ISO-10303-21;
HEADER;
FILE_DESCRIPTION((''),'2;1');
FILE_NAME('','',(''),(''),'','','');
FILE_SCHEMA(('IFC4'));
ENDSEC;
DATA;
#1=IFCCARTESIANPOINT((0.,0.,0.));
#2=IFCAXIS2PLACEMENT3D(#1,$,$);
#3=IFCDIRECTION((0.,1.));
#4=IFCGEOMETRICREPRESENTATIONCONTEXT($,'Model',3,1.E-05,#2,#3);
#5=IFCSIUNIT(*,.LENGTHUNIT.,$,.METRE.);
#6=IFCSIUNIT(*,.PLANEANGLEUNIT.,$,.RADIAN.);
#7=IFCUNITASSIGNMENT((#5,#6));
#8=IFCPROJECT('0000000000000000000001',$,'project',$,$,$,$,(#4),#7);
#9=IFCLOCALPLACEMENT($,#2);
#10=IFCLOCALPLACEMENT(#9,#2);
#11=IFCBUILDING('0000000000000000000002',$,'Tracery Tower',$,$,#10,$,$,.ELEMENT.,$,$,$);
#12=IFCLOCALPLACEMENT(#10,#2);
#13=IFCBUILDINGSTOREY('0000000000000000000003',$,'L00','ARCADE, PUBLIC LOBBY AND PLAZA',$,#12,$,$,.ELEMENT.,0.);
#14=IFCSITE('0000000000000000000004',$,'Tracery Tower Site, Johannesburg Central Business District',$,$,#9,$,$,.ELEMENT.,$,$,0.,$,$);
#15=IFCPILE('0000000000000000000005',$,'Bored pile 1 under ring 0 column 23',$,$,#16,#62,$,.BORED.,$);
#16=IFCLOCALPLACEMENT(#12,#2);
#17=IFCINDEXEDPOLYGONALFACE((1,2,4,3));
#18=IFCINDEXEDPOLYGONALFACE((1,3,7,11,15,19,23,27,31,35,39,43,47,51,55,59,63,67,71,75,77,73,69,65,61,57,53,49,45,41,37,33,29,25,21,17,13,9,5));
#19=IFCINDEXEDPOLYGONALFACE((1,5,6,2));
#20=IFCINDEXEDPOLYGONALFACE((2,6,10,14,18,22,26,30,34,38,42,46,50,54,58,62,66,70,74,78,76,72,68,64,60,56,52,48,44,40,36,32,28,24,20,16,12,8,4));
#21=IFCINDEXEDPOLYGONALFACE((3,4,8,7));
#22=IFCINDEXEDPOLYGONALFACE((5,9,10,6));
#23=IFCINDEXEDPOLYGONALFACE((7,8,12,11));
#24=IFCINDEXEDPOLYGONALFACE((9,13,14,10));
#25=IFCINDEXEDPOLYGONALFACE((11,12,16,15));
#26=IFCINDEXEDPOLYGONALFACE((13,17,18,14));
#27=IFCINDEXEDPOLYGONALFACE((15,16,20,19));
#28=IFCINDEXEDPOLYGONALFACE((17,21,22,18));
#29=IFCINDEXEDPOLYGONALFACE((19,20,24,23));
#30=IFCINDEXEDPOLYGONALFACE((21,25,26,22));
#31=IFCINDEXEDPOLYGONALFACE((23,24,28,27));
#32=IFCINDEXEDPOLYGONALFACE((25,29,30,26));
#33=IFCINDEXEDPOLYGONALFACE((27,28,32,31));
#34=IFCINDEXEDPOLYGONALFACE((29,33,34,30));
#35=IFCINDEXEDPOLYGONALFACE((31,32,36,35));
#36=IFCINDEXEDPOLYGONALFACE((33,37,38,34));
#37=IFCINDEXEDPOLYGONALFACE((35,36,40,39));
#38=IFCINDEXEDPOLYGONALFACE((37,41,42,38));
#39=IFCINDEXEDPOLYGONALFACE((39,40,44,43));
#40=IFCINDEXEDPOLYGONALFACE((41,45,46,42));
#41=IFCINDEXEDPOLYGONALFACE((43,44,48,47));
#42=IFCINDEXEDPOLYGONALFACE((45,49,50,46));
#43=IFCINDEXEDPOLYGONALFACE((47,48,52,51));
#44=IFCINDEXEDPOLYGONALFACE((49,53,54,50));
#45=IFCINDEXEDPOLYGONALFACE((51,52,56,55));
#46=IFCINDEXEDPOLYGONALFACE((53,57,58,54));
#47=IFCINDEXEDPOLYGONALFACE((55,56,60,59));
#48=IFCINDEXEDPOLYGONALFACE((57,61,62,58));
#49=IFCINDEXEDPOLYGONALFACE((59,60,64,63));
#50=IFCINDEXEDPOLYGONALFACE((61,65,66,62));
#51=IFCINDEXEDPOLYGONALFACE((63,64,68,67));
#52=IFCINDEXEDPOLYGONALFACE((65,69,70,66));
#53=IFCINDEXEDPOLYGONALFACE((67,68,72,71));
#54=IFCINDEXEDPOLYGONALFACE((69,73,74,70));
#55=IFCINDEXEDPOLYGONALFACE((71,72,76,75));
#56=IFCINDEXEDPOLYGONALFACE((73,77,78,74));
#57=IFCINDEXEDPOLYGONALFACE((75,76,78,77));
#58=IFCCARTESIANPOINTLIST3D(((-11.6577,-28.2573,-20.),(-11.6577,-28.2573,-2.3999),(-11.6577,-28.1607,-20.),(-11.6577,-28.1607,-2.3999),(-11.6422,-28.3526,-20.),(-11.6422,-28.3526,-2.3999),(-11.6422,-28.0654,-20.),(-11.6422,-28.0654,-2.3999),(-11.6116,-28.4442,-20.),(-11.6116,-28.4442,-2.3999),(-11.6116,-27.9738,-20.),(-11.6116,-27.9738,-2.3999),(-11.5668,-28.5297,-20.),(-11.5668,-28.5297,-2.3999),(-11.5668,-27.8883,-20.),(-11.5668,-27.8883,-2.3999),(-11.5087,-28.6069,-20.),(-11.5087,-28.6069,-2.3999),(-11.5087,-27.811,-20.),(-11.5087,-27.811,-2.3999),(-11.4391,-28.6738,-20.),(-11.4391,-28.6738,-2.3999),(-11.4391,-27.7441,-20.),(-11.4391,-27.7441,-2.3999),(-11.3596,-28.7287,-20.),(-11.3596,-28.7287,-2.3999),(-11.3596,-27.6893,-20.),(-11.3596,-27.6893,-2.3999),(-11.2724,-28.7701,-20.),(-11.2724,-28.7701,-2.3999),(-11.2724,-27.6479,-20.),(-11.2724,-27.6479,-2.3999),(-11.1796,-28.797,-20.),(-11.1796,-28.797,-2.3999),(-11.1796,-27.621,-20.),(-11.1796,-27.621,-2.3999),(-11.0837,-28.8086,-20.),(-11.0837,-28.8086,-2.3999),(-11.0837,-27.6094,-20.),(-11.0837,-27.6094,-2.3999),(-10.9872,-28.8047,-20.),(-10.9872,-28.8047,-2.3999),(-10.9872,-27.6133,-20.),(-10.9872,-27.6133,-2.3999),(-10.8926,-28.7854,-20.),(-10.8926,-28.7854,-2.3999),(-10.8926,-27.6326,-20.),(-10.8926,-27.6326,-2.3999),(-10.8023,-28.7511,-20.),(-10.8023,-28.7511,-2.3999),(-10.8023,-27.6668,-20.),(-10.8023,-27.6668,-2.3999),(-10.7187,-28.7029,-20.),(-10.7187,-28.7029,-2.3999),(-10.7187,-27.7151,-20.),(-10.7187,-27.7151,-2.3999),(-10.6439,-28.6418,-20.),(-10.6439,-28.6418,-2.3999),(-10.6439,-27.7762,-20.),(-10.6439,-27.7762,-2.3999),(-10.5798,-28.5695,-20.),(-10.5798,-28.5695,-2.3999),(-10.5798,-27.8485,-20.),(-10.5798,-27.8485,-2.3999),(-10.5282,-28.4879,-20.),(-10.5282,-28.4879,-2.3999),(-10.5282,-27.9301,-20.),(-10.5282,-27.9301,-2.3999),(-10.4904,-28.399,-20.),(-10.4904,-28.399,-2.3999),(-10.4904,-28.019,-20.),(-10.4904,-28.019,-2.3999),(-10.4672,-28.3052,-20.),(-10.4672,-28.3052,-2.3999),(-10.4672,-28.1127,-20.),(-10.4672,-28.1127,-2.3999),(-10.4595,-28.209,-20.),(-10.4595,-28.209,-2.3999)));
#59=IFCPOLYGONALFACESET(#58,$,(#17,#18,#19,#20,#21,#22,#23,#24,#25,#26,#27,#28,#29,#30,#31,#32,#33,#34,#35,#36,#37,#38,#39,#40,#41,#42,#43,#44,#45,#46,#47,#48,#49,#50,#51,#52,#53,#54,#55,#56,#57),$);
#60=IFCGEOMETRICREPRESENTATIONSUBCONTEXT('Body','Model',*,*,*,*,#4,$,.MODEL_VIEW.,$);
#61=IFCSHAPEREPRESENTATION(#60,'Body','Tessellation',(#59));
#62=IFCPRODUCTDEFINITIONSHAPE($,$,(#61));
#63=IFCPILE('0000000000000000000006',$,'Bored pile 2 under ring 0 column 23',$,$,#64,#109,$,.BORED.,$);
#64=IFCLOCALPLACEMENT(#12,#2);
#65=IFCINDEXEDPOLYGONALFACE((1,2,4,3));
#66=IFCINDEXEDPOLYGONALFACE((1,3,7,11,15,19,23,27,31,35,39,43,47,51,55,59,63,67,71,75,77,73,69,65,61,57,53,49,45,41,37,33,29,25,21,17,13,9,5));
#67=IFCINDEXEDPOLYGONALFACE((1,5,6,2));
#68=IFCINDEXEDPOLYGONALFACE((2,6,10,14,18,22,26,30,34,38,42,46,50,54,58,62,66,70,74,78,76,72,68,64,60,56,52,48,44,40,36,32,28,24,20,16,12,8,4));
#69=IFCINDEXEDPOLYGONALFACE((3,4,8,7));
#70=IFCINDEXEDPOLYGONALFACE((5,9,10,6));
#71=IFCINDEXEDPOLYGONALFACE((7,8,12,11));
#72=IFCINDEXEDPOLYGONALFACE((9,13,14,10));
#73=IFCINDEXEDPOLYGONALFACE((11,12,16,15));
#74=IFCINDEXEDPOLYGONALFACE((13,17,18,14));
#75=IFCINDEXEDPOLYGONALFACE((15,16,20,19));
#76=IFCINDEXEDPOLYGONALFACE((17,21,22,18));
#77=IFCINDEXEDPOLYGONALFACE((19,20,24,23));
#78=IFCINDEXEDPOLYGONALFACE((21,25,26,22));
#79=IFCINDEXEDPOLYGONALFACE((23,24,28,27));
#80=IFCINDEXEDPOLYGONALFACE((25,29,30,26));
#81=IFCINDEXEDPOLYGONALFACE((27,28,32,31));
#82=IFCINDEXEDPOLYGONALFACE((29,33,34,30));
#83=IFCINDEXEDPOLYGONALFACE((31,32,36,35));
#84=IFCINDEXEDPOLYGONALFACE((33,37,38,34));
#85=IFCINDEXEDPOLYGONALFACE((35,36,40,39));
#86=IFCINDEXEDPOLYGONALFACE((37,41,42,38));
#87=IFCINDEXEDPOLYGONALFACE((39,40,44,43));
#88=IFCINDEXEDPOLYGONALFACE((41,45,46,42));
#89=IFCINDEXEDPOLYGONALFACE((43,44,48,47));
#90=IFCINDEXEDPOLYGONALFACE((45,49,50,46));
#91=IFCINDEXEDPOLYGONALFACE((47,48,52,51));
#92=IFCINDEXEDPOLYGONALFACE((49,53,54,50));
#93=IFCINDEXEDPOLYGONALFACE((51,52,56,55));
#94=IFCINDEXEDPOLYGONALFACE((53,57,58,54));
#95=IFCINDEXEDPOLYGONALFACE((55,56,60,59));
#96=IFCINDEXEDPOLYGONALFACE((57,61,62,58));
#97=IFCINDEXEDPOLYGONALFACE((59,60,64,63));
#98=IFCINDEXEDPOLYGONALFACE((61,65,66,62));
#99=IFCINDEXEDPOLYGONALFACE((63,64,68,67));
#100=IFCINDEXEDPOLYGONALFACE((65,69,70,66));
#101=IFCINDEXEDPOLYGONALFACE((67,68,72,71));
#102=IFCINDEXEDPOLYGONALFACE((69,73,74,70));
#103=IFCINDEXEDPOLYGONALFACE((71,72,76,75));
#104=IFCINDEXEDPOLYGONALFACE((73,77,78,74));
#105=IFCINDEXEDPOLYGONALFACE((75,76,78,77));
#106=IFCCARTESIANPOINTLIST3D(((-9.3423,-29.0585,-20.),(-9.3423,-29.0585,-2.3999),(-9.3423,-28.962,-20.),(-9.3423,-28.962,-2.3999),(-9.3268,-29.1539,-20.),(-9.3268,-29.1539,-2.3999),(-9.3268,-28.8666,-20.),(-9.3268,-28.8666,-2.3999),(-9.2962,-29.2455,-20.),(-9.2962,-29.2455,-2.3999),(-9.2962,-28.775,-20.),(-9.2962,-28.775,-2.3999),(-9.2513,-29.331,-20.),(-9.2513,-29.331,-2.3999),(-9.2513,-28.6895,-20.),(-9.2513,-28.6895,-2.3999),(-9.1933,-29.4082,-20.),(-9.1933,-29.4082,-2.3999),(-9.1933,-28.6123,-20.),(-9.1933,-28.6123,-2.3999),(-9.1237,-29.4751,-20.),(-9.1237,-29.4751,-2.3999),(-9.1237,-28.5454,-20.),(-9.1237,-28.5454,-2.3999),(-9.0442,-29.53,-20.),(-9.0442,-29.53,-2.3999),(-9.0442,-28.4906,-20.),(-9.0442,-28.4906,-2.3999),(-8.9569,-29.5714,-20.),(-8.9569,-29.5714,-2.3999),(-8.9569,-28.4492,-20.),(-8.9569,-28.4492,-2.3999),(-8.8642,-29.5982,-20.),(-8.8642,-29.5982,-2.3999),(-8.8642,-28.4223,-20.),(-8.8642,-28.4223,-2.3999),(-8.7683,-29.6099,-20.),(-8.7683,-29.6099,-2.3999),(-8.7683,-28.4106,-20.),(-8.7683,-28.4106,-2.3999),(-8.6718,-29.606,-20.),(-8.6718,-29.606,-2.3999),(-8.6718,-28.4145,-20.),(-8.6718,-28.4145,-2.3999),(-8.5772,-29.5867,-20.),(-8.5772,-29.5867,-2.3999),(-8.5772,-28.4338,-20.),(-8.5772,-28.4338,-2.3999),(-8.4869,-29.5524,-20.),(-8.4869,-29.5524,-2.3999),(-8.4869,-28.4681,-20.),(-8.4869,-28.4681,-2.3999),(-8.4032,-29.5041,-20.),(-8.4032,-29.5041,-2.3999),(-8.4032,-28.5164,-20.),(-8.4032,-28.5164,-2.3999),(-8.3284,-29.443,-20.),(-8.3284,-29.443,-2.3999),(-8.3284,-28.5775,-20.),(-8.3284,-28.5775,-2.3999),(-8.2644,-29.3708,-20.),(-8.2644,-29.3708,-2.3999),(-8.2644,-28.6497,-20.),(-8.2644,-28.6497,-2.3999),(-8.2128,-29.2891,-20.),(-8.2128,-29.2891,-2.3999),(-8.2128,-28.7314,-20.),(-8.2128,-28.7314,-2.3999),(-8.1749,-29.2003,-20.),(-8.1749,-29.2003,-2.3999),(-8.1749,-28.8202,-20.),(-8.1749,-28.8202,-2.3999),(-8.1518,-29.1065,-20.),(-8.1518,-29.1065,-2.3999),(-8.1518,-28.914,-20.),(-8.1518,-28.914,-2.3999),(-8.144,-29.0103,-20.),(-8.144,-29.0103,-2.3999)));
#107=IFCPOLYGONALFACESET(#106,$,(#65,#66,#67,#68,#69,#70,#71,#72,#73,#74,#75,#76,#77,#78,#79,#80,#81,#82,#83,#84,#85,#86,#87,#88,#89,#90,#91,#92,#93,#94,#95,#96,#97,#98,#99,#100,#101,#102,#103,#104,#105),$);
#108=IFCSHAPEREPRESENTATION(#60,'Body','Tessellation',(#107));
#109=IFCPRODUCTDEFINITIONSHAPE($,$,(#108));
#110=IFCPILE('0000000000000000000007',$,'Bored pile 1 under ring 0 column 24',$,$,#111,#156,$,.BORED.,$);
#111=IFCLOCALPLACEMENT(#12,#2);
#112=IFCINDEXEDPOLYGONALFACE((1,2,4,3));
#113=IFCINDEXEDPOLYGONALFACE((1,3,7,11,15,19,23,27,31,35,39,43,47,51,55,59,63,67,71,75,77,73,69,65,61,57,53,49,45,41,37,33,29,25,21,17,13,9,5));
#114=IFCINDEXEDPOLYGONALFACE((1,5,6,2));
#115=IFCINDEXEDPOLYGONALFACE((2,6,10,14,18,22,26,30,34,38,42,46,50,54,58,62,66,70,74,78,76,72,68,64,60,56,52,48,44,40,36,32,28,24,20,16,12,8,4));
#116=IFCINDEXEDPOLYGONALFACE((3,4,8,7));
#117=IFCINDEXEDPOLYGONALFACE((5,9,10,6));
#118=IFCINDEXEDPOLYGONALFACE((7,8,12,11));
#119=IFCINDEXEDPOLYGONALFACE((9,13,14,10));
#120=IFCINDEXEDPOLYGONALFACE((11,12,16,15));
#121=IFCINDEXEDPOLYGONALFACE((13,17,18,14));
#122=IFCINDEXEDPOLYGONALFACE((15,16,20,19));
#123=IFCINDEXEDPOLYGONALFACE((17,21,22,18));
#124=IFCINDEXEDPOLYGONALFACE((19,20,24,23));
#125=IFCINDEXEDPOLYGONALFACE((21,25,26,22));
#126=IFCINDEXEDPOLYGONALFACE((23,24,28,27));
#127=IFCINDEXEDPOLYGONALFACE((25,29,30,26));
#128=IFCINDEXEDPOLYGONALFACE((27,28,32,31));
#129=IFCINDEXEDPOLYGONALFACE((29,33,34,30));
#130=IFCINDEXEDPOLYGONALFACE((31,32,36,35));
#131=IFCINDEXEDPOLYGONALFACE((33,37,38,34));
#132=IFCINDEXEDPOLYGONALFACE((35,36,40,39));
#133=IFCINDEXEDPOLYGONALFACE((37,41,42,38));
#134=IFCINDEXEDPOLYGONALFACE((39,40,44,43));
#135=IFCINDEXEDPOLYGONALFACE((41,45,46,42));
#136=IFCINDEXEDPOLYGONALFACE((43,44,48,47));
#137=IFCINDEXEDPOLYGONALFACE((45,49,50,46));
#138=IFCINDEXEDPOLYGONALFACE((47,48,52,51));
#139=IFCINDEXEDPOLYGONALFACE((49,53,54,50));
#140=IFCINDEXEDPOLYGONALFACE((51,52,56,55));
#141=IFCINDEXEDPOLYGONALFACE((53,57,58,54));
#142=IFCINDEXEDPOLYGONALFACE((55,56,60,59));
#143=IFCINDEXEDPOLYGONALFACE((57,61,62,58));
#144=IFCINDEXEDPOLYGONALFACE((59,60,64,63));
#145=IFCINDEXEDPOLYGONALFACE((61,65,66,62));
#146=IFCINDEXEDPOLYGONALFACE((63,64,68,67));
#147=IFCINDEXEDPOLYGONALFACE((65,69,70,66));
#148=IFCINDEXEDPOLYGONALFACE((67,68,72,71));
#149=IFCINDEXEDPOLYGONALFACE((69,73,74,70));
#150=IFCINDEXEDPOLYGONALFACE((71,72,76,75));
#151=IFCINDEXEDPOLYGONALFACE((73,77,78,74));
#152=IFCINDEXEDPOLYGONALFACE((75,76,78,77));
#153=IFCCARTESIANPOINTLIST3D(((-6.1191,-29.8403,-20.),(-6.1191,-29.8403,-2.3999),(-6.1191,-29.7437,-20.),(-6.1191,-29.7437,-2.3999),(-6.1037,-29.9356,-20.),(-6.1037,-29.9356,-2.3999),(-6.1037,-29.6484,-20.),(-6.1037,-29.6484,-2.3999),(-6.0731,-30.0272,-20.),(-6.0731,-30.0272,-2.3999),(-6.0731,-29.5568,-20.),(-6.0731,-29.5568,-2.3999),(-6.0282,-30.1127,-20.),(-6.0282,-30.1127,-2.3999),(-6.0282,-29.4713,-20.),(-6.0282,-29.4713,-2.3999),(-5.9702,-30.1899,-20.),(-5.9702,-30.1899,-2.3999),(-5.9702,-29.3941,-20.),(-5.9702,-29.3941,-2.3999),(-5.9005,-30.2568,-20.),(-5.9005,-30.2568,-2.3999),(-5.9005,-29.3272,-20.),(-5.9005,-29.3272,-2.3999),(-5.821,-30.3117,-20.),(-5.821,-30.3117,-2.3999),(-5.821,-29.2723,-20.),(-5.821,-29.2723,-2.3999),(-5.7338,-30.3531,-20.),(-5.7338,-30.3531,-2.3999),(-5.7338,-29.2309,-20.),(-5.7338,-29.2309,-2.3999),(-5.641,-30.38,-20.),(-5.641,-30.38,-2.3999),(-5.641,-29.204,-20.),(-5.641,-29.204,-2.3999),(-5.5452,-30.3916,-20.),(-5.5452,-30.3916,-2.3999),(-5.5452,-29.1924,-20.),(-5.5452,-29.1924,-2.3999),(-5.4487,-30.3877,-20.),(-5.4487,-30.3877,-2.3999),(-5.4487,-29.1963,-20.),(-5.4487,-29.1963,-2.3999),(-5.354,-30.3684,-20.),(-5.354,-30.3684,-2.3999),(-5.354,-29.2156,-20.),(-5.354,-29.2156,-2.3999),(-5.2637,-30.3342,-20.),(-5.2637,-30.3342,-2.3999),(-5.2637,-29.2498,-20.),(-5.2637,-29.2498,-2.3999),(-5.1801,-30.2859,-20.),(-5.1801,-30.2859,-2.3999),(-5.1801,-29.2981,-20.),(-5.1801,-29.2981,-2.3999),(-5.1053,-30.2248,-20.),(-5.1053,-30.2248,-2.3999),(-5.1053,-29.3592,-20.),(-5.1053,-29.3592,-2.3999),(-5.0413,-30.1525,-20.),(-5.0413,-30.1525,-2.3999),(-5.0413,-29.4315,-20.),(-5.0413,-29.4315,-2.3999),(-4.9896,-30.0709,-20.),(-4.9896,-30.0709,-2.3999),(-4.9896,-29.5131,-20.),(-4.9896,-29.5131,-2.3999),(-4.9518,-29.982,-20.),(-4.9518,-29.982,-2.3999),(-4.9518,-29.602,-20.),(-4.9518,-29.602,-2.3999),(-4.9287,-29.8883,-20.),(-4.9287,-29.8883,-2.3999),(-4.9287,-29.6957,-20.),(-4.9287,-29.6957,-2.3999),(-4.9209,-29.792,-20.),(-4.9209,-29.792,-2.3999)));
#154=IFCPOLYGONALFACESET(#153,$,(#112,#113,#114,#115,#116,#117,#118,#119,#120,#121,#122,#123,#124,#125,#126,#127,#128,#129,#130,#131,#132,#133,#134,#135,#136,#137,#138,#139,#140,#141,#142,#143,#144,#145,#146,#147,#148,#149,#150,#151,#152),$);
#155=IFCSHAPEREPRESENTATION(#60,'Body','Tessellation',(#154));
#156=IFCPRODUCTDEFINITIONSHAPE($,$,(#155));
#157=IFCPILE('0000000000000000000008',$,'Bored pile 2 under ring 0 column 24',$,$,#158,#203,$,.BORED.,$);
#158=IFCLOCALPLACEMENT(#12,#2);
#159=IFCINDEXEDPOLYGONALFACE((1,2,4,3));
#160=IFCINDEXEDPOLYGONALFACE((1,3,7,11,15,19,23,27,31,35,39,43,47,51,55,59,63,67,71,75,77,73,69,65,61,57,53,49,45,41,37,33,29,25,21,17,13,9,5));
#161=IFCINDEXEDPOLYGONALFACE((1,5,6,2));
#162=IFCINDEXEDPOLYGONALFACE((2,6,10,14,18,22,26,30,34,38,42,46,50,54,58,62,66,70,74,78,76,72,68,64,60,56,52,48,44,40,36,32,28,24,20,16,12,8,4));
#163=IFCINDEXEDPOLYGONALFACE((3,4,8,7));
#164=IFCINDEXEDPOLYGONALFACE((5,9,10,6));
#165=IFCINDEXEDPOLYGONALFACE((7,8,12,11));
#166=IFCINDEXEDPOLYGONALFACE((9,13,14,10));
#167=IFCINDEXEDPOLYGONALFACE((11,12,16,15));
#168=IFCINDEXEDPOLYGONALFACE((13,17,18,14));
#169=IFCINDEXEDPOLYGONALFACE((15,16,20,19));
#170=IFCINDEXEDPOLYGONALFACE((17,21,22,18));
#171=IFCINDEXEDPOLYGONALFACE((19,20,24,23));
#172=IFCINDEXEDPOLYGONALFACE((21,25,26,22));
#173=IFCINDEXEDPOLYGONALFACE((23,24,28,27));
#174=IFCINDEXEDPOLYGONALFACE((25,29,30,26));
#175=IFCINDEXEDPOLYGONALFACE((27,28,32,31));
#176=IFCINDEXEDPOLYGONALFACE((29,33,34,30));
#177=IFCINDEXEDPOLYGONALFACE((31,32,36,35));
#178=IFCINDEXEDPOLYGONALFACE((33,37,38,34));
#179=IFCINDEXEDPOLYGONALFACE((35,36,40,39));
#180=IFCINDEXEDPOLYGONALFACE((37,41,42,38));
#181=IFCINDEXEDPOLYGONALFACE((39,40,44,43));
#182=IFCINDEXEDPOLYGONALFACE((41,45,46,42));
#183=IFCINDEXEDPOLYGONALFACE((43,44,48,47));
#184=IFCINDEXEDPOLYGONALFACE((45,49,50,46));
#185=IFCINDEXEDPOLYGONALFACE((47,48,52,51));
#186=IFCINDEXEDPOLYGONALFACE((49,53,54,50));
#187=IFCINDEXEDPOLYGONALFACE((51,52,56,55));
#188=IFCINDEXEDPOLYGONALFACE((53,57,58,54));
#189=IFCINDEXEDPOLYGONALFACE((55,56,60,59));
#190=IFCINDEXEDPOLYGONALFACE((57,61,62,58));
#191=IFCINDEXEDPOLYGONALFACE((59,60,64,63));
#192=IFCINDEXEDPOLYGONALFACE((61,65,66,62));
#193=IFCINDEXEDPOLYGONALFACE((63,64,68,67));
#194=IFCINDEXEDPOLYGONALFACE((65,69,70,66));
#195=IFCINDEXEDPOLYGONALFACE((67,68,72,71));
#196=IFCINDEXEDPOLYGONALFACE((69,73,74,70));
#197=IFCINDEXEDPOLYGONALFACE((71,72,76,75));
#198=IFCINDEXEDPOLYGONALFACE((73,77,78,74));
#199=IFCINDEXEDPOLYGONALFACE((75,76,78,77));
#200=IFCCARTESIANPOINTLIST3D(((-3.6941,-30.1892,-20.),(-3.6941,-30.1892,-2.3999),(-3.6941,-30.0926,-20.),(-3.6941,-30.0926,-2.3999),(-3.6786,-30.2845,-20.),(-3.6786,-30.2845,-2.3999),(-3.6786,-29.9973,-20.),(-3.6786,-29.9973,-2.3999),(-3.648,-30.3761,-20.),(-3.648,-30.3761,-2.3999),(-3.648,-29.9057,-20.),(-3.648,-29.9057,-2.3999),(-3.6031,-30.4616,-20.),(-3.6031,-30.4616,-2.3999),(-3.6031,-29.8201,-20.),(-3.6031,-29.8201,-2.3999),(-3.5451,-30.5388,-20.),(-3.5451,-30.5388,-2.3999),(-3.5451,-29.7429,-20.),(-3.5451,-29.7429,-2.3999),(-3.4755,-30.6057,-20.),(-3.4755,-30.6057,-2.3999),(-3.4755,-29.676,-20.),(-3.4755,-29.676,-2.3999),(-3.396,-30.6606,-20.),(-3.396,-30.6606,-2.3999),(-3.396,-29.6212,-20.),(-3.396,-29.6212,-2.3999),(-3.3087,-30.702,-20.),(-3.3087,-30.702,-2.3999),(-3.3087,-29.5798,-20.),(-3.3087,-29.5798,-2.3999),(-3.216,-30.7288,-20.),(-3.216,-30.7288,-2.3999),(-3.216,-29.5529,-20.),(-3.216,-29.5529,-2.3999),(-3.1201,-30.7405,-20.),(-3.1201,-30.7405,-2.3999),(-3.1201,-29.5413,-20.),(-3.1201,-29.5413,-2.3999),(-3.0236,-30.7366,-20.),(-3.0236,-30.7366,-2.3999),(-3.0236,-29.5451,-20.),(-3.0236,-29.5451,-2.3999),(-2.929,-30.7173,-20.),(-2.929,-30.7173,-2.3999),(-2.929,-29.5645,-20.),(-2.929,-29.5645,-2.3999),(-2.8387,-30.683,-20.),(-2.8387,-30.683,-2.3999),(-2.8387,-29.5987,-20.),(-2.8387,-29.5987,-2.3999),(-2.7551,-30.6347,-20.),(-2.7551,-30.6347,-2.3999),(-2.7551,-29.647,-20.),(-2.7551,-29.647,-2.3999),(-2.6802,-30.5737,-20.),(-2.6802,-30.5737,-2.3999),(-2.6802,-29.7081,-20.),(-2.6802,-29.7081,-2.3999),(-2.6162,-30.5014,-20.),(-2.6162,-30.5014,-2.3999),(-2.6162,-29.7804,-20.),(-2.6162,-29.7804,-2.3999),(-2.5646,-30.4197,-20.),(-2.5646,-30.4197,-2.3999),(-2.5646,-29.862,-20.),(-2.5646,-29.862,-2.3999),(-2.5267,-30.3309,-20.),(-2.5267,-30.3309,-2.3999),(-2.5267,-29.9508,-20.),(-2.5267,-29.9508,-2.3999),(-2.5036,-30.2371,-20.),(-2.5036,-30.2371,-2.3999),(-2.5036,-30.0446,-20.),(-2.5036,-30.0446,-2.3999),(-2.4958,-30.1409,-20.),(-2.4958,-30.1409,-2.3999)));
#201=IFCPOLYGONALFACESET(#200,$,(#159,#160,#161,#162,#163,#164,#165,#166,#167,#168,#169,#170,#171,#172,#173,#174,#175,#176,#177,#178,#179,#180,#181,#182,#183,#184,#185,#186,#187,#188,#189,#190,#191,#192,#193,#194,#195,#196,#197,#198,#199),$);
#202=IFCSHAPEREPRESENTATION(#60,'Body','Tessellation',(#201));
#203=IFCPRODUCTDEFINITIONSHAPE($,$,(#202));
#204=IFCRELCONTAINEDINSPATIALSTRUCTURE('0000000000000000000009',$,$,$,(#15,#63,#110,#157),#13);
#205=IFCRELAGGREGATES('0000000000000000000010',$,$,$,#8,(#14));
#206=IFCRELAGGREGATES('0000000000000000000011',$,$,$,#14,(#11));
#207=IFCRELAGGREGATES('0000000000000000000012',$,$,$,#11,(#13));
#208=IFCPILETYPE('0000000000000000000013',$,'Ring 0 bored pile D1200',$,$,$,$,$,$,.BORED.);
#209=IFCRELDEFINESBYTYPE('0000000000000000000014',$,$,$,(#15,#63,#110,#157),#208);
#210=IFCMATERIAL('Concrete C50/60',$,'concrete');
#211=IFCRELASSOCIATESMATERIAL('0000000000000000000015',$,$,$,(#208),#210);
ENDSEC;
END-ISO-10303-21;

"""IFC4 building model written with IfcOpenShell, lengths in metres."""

from ifc_helpers import new_model, si_unit, direction, frame, origin, origin_2d, place, context, subcontext, project, spatial, circle, extrude, material, material_profile, profile_set, type_object, element, save


model = new_model("IFC4")

# Units and contexts
model_context = context("Model", 3, precision=1e-05, world=origin(), true_north=direction((0.0, 1.0)))
body_context = subcontext(model_context, "Body", "Model", "MODEL_VIEW")
ifc_project = project(units=[si_unit("LENGTHUNIT", "METRE"), si_unit("PLANEANGLEUNIT", "RADIAN")], contexts=[model_context])

# Site, building, storey
site_placement = place(None, origin())
site = spatial("IfcSite", under=ifc_project, at=site_placement, Name="Tracery Tower Site, Johannesburg Central Business District", CompositionType="ELEMENT", RefElevation=0.0)
building_placement = place(site_placement, origin())
building = spatial("IfcBuilding", under=site, at=building_placement, Name="Tracery Tower", CompositionType="ELEMENT")
storey_placement = place(building_placement, origin())
storey = spatial("IfcBuildingStorey", under=building, at=storey_placement, Name="L00", Description="ARCADE, PUBLIC LOBBY AND PLAZA", CompositionType="ELEMENT", Elevation=0.0)

# Piles
ifc_material_1 = material(Name="Concrete C50/60", Category="concrete")
ifc_material_profile_1 = material_profile(ifc_material_1, circle(Radius=0.6001, at=origin_2d()), Name="RC D1200")
ifc_profile_set_1 = profile_set([ifc_material_profile_1], Name="Concrete C50/60")
pile_type_1 = type_object("IfcPileType", Name="Ring 0 bored pile D1200", PredefinedType="BORED", material=ifc_profile_set_1)
for number, where, z_axis, x_axis, name in (
    (1, (-11.0596, -28.209, -2.3999), (0.0, 0.0, -1.0), (1.0, 0.0, 0.0), "Bored pile 1 under ring 0 column 23"),
    (2, (-8.7441, -29.0103, -2.3999), (0.0, 0.0, -1.0), (1.0, 0.0, 0.0), "Bored pile 2 under ring 0 column 23"),
    (3, (-5.521, -29.792, -2.3999), (0.0, 0.0, -1.0), (1.0, 0.0, 0.0), "Bored pile 1 under ring 0 column 24"),
    (4, (-3.0959, -30.1409, -2.3999), (0.0, 0.0, -1.0), (1.0, 0.0, 0.0), "Bored pile 2 under ring 0 column 24"),
):
    element("IfcPile", number, at=place(storey_placement, frame(where, z_axis=z_axis, x_axis=x_axis)), inside=storey, type_object=pile_type_1, Name=name, PredefinedType="BORED", context=body_context, shape_type="SweptSolid", body=[
        extrude(circle(Radius=0.6001, at=origin_2d()), origin(), (0.0, 0.0, 1.0), 17.6001),
    ])

save(model, "model.ifc")
